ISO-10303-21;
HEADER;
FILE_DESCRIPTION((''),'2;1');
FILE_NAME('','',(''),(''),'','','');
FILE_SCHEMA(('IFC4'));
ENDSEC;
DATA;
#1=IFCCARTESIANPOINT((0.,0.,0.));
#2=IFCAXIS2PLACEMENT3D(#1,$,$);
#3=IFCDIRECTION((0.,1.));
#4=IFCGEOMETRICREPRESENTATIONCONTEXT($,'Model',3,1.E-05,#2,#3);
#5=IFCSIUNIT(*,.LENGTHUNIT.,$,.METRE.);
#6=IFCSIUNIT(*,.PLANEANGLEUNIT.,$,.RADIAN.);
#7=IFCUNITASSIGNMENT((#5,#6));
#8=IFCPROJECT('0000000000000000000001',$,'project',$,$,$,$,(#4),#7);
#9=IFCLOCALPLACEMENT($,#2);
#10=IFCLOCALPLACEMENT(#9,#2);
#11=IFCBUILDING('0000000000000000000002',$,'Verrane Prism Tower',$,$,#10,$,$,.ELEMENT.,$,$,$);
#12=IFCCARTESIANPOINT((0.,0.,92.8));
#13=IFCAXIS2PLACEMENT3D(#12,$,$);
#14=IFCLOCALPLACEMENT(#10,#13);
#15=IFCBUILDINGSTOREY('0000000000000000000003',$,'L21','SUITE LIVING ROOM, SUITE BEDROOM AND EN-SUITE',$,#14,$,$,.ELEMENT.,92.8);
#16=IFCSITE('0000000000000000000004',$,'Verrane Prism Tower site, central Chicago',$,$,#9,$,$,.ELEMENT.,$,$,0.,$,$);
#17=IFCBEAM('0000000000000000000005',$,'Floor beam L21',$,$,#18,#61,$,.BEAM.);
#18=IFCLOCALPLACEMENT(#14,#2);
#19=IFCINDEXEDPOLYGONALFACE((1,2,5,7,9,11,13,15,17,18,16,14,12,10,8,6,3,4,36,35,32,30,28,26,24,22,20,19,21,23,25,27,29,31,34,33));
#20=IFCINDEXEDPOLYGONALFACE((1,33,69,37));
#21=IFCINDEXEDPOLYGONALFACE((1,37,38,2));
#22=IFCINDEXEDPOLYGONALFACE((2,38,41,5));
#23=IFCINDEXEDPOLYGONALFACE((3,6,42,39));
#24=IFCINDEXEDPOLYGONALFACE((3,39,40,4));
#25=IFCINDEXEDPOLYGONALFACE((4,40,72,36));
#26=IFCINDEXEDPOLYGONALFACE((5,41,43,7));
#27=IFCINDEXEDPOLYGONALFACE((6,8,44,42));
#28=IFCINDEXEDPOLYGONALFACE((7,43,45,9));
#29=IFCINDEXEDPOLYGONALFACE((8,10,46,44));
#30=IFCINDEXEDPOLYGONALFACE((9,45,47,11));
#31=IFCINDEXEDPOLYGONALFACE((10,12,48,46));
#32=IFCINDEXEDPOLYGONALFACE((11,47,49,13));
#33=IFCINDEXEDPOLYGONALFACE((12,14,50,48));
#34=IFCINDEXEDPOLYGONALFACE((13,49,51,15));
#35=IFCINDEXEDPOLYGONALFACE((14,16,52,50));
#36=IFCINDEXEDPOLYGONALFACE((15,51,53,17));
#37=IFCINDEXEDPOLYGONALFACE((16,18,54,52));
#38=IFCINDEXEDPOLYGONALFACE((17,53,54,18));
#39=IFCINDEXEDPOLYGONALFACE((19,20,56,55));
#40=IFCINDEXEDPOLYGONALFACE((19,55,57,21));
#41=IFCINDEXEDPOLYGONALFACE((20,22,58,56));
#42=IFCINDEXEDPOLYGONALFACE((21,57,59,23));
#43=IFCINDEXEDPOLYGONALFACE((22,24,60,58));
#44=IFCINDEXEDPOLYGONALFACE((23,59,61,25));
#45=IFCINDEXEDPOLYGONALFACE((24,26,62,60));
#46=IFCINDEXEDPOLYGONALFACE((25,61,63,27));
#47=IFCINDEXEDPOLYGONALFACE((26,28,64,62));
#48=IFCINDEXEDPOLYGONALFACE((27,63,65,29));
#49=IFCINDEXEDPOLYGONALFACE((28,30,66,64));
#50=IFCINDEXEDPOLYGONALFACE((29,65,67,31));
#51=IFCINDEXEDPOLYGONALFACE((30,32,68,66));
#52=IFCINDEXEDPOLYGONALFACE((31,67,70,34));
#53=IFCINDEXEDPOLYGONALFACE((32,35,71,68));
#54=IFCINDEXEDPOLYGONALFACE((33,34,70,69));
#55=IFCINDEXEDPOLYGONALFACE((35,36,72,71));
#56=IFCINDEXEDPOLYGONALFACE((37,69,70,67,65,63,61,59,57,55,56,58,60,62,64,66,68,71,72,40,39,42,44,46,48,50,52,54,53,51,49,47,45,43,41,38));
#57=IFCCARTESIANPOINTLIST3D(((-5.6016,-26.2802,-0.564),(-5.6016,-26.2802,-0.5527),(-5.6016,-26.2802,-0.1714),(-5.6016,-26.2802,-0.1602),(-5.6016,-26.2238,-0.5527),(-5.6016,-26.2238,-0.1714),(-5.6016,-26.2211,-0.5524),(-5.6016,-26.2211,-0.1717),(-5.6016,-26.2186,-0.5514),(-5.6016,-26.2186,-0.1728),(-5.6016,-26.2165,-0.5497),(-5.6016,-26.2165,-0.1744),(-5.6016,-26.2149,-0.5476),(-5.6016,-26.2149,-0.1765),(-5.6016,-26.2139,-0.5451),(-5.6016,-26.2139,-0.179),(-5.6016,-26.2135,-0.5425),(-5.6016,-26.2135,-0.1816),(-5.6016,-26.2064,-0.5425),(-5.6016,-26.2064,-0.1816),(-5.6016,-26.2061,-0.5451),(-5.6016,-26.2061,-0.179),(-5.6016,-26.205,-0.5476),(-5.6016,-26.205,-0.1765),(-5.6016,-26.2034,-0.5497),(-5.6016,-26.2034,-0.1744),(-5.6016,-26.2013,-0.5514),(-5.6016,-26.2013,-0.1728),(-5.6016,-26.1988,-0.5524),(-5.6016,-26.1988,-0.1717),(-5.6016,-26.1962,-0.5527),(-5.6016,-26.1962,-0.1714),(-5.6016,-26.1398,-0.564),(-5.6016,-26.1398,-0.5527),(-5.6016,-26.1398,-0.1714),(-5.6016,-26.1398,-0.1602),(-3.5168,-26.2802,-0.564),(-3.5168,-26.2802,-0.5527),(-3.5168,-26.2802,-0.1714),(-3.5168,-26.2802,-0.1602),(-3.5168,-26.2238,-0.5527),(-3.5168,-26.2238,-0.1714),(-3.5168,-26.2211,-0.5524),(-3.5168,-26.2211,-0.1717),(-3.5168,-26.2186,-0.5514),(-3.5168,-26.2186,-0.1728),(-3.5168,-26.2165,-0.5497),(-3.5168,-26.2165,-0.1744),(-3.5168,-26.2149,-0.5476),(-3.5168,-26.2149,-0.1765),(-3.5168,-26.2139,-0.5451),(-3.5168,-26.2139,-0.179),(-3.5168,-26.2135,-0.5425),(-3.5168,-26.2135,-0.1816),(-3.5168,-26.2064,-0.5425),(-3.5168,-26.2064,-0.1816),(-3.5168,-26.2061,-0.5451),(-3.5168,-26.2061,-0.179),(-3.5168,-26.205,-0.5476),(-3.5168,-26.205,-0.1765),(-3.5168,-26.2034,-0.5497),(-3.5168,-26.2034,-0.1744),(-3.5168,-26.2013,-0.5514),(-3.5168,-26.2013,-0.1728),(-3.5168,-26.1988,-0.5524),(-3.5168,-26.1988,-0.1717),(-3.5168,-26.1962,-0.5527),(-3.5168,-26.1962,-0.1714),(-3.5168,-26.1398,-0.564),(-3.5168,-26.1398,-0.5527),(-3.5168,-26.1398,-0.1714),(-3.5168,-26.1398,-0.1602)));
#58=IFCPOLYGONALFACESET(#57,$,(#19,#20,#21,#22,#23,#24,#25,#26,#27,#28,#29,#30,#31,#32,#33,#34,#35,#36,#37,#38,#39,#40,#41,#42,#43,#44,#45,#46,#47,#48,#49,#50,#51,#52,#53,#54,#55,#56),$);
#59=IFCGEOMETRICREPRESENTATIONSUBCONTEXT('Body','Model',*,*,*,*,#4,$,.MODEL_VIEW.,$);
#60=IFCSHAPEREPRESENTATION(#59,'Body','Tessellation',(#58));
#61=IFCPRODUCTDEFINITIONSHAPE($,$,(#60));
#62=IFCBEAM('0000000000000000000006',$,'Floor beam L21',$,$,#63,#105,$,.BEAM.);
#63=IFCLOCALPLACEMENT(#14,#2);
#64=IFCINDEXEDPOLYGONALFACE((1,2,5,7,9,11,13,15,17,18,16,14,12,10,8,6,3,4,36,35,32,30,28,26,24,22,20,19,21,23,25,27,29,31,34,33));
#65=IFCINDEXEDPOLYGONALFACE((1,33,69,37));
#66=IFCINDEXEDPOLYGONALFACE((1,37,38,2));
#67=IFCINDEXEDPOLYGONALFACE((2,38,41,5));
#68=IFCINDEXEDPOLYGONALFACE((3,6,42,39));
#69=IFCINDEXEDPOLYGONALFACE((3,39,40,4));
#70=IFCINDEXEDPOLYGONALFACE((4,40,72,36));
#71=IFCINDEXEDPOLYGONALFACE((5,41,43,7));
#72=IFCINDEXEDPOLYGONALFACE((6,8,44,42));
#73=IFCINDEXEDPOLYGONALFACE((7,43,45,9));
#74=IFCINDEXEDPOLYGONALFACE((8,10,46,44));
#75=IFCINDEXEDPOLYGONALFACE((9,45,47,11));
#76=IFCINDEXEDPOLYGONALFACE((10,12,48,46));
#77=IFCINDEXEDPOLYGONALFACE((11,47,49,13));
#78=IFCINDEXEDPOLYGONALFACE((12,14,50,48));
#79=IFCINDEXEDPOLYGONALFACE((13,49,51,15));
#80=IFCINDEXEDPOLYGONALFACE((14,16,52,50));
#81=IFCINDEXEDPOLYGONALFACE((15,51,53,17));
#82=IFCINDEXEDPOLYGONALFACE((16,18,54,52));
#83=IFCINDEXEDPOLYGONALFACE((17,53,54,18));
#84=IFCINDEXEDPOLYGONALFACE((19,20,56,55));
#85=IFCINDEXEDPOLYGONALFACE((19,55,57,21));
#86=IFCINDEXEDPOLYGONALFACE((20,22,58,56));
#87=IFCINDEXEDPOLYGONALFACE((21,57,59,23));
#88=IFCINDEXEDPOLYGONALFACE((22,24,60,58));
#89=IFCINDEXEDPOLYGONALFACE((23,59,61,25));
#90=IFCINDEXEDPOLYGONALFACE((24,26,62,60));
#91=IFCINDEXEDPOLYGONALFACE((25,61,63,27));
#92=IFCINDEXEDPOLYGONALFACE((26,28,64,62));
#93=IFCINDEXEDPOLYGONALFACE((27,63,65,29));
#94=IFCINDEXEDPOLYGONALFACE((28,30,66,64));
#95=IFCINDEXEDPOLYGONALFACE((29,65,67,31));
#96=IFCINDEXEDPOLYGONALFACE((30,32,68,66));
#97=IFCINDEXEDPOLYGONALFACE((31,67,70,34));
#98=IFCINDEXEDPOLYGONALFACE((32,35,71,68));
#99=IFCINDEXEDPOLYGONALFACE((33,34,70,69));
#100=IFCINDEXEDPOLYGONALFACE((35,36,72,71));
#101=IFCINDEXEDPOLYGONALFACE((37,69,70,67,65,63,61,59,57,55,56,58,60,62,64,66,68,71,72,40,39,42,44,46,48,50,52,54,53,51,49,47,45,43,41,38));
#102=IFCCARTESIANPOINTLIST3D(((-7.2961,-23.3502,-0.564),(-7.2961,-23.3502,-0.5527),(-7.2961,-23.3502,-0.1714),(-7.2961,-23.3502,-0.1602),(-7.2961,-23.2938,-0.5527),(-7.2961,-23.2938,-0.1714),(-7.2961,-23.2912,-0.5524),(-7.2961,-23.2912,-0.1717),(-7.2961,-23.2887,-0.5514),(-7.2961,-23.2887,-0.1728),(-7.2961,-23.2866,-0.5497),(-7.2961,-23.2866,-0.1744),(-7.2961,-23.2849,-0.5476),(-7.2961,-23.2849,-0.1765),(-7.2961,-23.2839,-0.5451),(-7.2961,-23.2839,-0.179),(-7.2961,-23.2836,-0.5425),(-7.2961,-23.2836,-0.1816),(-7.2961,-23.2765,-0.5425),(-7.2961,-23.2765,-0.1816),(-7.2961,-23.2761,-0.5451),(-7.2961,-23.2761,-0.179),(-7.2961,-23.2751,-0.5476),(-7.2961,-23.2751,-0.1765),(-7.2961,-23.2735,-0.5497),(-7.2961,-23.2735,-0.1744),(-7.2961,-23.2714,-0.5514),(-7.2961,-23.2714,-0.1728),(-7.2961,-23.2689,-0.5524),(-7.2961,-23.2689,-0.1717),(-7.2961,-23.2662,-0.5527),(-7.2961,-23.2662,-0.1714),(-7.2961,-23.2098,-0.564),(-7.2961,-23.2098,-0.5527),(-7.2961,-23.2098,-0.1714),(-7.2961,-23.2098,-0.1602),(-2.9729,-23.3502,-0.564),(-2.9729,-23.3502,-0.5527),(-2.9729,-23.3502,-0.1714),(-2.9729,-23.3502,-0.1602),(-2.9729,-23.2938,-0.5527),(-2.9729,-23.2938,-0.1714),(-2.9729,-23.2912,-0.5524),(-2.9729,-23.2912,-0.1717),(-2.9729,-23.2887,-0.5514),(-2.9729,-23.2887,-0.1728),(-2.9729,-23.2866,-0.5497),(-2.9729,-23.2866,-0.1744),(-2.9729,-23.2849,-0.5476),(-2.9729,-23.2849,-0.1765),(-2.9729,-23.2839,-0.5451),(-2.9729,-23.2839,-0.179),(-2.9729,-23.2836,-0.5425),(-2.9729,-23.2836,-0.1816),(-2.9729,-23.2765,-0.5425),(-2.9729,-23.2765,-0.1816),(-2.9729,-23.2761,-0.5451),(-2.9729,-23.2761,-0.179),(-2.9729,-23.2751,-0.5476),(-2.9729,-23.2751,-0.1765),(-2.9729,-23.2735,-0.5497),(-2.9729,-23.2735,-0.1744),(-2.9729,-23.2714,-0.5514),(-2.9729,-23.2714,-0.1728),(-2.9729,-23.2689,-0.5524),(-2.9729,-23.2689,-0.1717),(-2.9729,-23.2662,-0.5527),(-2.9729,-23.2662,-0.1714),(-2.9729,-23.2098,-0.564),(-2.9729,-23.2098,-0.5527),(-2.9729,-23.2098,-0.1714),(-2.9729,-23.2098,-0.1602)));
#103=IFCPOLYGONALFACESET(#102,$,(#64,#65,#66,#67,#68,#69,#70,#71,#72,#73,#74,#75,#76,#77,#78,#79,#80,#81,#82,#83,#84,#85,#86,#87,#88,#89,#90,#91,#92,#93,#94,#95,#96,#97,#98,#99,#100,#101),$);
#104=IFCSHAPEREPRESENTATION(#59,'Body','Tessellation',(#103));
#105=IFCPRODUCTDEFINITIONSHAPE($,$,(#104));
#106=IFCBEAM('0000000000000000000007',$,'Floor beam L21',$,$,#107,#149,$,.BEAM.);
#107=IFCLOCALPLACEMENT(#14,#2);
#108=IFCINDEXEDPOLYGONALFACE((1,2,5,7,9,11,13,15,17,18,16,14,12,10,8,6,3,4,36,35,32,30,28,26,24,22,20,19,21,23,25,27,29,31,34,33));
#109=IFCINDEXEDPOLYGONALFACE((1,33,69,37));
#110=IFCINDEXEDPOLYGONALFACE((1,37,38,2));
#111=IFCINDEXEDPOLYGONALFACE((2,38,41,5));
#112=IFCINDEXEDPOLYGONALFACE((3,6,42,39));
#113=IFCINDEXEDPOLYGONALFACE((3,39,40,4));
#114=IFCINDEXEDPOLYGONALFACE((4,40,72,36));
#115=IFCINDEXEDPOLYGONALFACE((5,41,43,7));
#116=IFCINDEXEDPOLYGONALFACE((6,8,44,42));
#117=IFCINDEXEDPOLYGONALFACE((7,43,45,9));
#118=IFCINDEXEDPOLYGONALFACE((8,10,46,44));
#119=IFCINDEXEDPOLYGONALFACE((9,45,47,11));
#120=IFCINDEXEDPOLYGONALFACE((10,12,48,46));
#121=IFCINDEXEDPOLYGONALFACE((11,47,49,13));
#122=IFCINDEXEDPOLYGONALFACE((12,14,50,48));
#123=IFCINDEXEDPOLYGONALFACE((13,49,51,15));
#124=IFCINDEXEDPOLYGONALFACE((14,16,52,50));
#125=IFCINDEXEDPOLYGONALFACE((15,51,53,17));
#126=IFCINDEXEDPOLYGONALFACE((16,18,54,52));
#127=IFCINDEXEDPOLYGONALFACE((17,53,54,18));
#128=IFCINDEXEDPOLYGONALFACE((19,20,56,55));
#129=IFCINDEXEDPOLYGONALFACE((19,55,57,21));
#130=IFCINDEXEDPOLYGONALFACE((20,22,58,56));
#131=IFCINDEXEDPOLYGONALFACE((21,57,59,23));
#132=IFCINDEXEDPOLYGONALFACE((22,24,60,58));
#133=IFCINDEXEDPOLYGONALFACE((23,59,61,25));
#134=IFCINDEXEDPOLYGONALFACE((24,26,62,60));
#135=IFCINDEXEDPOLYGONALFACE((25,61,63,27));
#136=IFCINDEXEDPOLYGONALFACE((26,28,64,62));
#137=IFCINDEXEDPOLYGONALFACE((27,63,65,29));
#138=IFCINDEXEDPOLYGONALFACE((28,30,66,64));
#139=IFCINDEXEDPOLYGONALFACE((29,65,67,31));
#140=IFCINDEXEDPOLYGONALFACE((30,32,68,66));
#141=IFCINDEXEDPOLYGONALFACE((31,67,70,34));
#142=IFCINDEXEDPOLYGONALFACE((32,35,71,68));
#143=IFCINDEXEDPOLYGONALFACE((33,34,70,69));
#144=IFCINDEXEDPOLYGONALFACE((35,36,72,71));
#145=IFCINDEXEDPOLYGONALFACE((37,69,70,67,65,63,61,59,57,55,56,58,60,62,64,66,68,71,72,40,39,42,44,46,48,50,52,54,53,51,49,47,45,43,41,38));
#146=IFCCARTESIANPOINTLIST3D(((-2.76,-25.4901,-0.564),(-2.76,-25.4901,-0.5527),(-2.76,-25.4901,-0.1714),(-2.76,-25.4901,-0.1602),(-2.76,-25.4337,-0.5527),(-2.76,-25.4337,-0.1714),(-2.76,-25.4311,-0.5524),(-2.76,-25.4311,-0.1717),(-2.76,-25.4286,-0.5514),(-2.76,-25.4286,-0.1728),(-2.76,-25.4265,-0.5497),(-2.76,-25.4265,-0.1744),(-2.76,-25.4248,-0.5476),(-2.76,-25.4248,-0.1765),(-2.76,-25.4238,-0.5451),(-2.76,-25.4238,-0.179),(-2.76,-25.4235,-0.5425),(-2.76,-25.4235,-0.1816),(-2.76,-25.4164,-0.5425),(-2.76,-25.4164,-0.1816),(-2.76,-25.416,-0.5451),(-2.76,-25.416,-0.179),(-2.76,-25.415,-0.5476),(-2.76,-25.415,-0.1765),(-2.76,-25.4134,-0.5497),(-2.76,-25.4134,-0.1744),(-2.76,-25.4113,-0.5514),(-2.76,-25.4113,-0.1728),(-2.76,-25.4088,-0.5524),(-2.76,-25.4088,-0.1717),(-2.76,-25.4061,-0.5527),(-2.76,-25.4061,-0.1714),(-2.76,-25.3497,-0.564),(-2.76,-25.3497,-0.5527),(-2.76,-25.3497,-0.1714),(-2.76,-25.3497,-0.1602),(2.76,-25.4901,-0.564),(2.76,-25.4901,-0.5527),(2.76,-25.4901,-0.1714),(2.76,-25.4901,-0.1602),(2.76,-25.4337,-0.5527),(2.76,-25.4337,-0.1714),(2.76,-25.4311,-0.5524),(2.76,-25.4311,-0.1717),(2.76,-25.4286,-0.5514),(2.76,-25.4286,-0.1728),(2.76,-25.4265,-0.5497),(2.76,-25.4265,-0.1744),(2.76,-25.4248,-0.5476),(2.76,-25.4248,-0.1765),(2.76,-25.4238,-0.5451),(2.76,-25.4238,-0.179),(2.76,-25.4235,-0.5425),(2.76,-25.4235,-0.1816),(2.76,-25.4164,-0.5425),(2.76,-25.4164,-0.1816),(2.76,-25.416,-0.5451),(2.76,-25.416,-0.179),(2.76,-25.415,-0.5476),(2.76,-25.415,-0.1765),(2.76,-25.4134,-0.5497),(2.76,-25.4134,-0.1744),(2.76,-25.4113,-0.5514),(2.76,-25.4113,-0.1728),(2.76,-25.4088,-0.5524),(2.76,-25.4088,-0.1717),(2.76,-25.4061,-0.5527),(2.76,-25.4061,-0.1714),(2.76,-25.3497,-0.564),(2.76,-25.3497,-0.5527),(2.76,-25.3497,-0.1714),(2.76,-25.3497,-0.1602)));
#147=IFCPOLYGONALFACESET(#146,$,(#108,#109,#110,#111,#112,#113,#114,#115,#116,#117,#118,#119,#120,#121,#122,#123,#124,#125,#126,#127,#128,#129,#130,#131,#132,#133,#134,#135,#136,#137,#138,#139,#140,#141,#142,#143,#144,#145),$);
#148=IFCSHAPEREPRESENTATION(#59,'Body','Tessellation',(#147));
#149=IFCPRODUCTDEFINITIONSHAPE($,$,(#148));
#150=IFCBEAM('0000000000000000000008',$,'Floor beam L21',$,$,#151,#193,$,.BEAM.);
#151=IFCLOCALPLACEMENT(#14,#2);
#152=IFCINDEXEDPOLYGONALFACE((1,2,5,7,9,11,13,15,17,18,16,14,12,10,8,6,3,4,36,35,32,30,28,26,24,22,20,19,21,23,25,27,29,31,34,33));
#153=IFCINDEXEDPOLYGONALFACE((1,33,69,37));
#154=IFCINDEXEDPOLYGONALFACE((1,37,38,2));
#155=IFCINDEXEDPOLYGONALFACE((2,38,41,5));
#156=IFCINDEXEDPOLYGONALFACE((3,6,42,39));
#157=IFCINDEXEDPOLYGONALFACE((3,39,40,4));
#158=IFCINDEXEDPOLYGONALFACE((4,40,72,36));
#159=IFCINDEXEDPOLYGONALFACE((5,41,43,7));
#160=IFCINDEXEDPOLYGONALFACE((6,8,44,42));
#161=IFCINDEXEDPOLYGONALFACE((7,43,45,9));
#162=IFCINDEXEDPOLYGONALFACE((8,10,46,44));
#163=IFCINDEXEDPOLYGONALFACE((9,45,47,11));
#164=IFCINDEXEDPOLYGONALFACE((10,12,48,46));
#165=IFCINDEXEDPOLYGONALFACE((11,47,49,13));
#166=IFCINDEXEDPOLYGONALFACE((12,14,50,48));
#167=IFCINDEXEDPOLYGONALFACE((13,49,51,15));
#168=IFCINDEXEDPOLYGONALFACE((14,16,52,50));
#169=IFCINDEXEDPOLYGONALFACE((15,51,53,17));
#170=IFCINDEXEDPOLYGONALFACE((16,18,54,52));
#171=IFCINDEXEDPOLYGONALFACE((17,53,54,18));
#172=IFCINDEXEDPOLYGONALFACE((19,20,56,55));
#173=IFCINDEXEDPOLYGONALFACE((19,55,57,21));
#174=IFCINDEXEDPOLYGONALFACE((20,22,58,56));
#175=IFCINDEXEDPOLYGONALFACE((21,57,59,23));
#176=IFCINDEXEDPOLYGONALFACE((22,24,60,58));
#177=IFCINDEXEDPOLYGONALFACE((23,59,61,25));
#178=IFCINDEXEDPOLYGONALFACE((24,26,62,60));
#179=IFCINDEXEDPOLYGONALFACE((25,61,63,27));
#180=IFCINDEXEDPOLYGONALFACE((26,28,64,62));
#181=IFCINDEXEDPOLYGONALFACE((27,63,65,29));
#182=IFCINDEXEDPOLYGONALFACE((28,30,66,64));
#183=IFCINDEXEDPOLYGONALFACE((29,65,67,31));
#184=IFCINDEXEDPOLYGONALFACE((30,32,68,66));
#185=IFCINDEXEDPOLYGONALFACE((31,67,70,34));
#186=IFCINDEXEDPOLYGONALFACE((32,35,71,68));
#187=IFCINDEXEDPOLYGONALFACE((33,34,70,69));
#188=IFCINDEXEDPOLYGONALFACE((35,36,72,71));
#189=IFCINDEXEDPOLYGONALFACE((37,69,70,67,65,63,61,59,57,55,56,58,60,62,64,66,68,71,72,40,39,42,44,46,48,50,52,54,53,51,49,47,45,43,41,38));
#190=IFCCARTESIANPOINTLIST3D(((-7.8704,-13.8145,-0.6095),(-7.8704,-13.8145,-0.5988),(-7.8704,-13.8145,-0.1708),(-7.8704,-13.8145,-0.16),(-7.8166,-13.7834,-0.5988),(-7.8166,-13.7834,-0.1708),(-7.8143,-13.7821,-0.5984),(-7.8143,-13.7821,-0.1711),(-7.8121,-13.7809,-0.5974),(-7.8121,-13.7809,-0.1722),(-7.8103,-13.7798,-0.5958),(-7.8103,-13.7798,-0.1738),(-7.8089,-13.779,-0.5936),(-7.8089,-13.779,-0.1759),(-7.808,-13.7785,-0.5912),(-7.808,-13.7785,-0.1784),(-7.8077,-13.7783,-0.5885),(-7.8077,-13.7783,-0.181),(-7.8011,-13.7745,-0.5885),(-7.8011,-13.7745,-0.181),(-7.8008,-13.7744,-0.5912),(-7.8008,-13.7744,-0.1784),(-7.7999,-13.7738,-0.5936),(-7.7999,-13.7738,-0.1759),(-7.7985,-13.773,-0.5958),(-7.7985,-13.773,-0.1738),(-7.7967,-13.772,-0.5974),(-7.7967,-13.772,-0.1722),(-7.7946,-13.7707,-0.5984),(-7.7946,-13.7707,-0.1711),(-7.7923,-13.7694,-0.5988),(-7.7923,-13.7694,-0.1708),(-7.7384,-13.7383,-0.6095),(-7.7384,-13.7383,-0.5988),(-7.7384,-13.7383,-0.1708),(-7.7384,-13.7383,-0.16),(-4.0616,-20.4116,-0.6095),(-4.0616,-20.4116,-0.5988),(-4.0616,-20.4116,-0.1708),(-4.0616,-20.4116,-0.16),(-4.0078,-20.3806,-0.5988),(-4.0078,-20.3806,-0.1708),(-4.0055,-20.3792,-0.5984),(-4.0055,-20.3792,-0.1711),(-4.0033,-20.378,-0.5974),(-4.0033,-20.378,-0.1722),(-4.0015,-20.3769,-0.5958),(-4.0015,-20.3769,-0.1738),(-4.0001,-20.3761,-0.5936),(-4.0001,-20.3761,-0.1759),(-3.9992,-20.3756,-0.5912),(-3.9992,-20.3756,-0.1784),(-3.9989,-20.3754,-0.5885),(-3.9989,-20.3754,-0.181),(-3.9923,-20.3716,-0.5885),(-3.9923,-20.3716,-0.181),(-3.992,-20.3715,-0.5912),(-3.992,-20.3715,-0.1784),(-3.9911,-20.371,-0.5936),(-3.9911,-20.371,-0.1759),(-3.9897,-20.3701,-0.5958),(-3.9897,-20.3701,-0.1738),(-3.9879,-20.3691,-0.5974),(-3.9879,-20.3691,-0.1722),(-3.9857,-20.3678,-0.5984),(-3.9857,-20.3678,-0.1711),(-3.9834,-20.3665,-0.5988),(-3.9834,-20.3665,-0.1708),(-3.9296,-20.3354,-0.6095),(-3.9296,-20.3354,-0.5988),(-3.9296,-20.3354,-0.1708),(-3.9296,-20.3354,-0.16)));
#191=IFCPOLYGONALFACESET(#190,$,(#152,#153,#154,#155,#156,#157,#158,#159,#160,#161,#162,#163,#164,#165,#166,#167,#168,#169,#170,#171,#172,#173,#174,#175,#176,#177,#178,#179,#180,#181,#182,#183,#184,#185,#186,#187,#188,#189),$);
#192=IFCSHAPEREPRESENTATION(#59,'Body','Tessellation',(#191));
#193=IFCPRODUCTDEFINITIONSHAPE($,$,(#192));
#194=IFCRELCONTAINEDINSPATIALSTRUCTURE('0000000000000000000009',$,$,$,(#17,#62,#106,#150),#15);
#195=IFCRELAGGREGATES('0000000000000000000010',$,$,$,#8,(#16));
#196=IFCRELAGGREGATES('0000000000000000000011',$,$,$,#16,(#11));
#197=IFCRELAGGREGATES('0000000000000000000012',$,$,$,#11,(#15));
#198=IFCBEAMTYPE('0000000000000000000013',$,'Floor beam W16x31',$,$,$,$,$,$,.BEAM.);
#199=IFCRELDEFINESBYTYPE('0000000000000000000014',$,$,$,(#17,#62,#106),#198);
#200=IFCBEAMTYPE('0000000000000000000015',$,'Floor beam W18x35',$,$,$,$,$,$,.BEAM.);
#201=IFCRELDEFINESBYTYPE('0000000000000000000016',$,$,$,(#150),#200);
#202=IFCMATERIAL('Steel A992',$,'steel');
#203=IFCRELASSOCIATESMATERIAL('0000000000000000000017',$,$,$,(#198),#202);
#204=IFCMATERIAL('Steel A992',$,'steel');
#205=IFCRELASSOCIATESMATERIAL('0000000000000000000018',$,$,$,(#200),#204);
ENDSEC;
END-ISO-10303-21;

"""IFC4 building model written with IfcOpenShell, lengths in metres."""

from ifc_helpers import new_model, si_unit, direction, frame, origin, origin_2d, place, context, subcontext, project, spatial, i_section, extrude, material, material_profile, profile_set, type_object, element, save


model = new_model("IFC4")

# Units and contexts
model_context = context("Model", 3, precision=1e-05, world=origin(), true_north=direction((0.0, 1.0)))
body_context = subcontext(model_context, "Body", "Model", "MODEL_VIEW")
ifc_project = project(units=[si_unit("LENGTHUNIT", "METRE"), si_unit("PLANEANGLEUNIT", "RADIAN")], contexts=[model_context])

# Site, building, storey
site_placement = place(None, origin())
site = spatial("IfcSite", under=ifc_project, at=site_placement, Name="Verrane Prism Tower site, central Chicago", CompositionType="ELEMENT", RefElevation=0.0)
building_placement = place(site_placement, origin())
building = spatial("IfcBuilding", under=site, at=building_placement, Name="Verrane Prism Tower", CompositionType="ELEMENT")
storey_placement = place(building_placement, frame((0.0, 0.0, 92.8)))
storey = spatial("IfcBuildingStorey", under=building, at=storey_placement, Name="L21", Description="SUITE LIVING ROOM, SUITE BEDROOM AND EN-SUITE", CompositionType="ELEMENT", Elevation=92.8)

# Beams
ifc_material_1 = material(Name="Steel A992", Category="steel")
ifc_material_profile_1 = material_profile(ifc_material_1, i_section(OverallWidth=0.1404, OverallDepth=0.4038, WebThickness=0.0071, FlangeThickness=0.0112, FilletRadius=0.0103, at=origin_2d()), Name="W16x31")
ifc_profile_set_1 = profile_set([ifc_material_profile_1], Name="Steel A992")
beam_type_1 = type_object("IfcBeamType", Name="Floor beam W16x31", PredefinedType="BEAM", material=ifc_profile_set_1)
beam_1_placement = place(storey_placement, frame((-5.6016, -26.21, -0.3621), z_axis=(1.0, 0.0, 0.0), x_axis=(0.0, 1.0, 0.0)))
element("IfcBeam", 1, at=beam_1_placement, inside=storey, type_object=beam_type_1, Name="Floor beam L21", PredefinedType="BEAM", context=body_context, shape_type="SweptSolid", body=[
    extrude(i_section(OverallWidth=0.1404, OverallDepth=0.4038, WebThickness=0.0071, FlangeThickness=0.0112, FilletRadius=0.0103, at=origin_2d()), origin(), (0.0, 0.0, 1.0), 2.0847),
])
beam_2_placement = place(storey_placement, frame((-7.2961, -23.28, -0.3621), z_axis=(1.0, 0.0, 0.0), x_axis=(0.0, 1.0, 0.0)))
element("IfcBeam", 2, at=beam_2_placement, inside=storey, type_object=beam_type_1, Name="Floor beam L21", PredefinedType="BEAM", context=body_context, shape_type="SweptSolid", body=[
    extrude(i_section(OverallWidth=0.1404, OverallDepth=0.4038, WebThickness=0.0071, FlangeThickness=0.0112, FilletRadius=0.0103, at=origin_2d()), origin(), (0.0, 0.0, 1.0), 4.3232),
])
beam_3_placement = place(storey_placement, frame((-2.76, -25.4199, -0.3621), z_axis=(1.0, 0.0, 0.0), x_axis=(0.0, 1.0, 0.0)))
element("IfcBeam", 3, at=beam_3_placement, inside=storey, type_object=beam_type_1, Name="Floor beam L21", PredefinedType="BEAM", context=body_context, shape_type="SweptSolid", body=[
    extrude(i_section(OverallWidth=0.1404, OverallDepth=0.4038, WebThickness=0.0071, FlangeThickness=0.0112, FilletRadius=0.0103, at=origin_2d()), origin(), (0.0, 0.0, 1.0), 5.52),
])
ifc_material_2 = material(Name="Steel A992", Category="steel")
ifc_material_profile_2 = material_profile(ifc_material_2, i_section(OverallWidth=0.1523, OverallDepth=0.4495, WebThickness=0.0076, FlangeThickness=0.0107, FilletRadius=0.0103, at=origin_2d()), Name="W18x35")
ifc_profile_set_2 = profile_set([ifc_material_profile_2], Name="Steel A992")
beam_type_2 = type_object("IfcBeamType", Name="Floor beam W18x35", PredefinedType="BEAM", material=ifc_profile_set_2)
beam_4_placement = place(storey_placement, frame((-3.9956, -20.3735, -0.3848), z_axis=(-0.499996, 0.866028, 0.0), x_axis=(-0.866028, -0.499996, 0.0)))
element("IfcBeam", 4, at=beam_4_placement, inside=storey, type_object=beam_type_2, Name="Floor beam L21", PredefinedType="BEAM", context=body_context, shape_type="SweptSolid", body=[
    extrude(i_section(OverallWidth=0.1523, OverallDepth=0.4495, WebThickness=0.0076, FlangeThickness=0.0107, FilletRadius=0.0103, at=origin_2d()), origin(), (0.0, 0.0, 1.0), 7.6177),
])

save(model, "model.ifc")
